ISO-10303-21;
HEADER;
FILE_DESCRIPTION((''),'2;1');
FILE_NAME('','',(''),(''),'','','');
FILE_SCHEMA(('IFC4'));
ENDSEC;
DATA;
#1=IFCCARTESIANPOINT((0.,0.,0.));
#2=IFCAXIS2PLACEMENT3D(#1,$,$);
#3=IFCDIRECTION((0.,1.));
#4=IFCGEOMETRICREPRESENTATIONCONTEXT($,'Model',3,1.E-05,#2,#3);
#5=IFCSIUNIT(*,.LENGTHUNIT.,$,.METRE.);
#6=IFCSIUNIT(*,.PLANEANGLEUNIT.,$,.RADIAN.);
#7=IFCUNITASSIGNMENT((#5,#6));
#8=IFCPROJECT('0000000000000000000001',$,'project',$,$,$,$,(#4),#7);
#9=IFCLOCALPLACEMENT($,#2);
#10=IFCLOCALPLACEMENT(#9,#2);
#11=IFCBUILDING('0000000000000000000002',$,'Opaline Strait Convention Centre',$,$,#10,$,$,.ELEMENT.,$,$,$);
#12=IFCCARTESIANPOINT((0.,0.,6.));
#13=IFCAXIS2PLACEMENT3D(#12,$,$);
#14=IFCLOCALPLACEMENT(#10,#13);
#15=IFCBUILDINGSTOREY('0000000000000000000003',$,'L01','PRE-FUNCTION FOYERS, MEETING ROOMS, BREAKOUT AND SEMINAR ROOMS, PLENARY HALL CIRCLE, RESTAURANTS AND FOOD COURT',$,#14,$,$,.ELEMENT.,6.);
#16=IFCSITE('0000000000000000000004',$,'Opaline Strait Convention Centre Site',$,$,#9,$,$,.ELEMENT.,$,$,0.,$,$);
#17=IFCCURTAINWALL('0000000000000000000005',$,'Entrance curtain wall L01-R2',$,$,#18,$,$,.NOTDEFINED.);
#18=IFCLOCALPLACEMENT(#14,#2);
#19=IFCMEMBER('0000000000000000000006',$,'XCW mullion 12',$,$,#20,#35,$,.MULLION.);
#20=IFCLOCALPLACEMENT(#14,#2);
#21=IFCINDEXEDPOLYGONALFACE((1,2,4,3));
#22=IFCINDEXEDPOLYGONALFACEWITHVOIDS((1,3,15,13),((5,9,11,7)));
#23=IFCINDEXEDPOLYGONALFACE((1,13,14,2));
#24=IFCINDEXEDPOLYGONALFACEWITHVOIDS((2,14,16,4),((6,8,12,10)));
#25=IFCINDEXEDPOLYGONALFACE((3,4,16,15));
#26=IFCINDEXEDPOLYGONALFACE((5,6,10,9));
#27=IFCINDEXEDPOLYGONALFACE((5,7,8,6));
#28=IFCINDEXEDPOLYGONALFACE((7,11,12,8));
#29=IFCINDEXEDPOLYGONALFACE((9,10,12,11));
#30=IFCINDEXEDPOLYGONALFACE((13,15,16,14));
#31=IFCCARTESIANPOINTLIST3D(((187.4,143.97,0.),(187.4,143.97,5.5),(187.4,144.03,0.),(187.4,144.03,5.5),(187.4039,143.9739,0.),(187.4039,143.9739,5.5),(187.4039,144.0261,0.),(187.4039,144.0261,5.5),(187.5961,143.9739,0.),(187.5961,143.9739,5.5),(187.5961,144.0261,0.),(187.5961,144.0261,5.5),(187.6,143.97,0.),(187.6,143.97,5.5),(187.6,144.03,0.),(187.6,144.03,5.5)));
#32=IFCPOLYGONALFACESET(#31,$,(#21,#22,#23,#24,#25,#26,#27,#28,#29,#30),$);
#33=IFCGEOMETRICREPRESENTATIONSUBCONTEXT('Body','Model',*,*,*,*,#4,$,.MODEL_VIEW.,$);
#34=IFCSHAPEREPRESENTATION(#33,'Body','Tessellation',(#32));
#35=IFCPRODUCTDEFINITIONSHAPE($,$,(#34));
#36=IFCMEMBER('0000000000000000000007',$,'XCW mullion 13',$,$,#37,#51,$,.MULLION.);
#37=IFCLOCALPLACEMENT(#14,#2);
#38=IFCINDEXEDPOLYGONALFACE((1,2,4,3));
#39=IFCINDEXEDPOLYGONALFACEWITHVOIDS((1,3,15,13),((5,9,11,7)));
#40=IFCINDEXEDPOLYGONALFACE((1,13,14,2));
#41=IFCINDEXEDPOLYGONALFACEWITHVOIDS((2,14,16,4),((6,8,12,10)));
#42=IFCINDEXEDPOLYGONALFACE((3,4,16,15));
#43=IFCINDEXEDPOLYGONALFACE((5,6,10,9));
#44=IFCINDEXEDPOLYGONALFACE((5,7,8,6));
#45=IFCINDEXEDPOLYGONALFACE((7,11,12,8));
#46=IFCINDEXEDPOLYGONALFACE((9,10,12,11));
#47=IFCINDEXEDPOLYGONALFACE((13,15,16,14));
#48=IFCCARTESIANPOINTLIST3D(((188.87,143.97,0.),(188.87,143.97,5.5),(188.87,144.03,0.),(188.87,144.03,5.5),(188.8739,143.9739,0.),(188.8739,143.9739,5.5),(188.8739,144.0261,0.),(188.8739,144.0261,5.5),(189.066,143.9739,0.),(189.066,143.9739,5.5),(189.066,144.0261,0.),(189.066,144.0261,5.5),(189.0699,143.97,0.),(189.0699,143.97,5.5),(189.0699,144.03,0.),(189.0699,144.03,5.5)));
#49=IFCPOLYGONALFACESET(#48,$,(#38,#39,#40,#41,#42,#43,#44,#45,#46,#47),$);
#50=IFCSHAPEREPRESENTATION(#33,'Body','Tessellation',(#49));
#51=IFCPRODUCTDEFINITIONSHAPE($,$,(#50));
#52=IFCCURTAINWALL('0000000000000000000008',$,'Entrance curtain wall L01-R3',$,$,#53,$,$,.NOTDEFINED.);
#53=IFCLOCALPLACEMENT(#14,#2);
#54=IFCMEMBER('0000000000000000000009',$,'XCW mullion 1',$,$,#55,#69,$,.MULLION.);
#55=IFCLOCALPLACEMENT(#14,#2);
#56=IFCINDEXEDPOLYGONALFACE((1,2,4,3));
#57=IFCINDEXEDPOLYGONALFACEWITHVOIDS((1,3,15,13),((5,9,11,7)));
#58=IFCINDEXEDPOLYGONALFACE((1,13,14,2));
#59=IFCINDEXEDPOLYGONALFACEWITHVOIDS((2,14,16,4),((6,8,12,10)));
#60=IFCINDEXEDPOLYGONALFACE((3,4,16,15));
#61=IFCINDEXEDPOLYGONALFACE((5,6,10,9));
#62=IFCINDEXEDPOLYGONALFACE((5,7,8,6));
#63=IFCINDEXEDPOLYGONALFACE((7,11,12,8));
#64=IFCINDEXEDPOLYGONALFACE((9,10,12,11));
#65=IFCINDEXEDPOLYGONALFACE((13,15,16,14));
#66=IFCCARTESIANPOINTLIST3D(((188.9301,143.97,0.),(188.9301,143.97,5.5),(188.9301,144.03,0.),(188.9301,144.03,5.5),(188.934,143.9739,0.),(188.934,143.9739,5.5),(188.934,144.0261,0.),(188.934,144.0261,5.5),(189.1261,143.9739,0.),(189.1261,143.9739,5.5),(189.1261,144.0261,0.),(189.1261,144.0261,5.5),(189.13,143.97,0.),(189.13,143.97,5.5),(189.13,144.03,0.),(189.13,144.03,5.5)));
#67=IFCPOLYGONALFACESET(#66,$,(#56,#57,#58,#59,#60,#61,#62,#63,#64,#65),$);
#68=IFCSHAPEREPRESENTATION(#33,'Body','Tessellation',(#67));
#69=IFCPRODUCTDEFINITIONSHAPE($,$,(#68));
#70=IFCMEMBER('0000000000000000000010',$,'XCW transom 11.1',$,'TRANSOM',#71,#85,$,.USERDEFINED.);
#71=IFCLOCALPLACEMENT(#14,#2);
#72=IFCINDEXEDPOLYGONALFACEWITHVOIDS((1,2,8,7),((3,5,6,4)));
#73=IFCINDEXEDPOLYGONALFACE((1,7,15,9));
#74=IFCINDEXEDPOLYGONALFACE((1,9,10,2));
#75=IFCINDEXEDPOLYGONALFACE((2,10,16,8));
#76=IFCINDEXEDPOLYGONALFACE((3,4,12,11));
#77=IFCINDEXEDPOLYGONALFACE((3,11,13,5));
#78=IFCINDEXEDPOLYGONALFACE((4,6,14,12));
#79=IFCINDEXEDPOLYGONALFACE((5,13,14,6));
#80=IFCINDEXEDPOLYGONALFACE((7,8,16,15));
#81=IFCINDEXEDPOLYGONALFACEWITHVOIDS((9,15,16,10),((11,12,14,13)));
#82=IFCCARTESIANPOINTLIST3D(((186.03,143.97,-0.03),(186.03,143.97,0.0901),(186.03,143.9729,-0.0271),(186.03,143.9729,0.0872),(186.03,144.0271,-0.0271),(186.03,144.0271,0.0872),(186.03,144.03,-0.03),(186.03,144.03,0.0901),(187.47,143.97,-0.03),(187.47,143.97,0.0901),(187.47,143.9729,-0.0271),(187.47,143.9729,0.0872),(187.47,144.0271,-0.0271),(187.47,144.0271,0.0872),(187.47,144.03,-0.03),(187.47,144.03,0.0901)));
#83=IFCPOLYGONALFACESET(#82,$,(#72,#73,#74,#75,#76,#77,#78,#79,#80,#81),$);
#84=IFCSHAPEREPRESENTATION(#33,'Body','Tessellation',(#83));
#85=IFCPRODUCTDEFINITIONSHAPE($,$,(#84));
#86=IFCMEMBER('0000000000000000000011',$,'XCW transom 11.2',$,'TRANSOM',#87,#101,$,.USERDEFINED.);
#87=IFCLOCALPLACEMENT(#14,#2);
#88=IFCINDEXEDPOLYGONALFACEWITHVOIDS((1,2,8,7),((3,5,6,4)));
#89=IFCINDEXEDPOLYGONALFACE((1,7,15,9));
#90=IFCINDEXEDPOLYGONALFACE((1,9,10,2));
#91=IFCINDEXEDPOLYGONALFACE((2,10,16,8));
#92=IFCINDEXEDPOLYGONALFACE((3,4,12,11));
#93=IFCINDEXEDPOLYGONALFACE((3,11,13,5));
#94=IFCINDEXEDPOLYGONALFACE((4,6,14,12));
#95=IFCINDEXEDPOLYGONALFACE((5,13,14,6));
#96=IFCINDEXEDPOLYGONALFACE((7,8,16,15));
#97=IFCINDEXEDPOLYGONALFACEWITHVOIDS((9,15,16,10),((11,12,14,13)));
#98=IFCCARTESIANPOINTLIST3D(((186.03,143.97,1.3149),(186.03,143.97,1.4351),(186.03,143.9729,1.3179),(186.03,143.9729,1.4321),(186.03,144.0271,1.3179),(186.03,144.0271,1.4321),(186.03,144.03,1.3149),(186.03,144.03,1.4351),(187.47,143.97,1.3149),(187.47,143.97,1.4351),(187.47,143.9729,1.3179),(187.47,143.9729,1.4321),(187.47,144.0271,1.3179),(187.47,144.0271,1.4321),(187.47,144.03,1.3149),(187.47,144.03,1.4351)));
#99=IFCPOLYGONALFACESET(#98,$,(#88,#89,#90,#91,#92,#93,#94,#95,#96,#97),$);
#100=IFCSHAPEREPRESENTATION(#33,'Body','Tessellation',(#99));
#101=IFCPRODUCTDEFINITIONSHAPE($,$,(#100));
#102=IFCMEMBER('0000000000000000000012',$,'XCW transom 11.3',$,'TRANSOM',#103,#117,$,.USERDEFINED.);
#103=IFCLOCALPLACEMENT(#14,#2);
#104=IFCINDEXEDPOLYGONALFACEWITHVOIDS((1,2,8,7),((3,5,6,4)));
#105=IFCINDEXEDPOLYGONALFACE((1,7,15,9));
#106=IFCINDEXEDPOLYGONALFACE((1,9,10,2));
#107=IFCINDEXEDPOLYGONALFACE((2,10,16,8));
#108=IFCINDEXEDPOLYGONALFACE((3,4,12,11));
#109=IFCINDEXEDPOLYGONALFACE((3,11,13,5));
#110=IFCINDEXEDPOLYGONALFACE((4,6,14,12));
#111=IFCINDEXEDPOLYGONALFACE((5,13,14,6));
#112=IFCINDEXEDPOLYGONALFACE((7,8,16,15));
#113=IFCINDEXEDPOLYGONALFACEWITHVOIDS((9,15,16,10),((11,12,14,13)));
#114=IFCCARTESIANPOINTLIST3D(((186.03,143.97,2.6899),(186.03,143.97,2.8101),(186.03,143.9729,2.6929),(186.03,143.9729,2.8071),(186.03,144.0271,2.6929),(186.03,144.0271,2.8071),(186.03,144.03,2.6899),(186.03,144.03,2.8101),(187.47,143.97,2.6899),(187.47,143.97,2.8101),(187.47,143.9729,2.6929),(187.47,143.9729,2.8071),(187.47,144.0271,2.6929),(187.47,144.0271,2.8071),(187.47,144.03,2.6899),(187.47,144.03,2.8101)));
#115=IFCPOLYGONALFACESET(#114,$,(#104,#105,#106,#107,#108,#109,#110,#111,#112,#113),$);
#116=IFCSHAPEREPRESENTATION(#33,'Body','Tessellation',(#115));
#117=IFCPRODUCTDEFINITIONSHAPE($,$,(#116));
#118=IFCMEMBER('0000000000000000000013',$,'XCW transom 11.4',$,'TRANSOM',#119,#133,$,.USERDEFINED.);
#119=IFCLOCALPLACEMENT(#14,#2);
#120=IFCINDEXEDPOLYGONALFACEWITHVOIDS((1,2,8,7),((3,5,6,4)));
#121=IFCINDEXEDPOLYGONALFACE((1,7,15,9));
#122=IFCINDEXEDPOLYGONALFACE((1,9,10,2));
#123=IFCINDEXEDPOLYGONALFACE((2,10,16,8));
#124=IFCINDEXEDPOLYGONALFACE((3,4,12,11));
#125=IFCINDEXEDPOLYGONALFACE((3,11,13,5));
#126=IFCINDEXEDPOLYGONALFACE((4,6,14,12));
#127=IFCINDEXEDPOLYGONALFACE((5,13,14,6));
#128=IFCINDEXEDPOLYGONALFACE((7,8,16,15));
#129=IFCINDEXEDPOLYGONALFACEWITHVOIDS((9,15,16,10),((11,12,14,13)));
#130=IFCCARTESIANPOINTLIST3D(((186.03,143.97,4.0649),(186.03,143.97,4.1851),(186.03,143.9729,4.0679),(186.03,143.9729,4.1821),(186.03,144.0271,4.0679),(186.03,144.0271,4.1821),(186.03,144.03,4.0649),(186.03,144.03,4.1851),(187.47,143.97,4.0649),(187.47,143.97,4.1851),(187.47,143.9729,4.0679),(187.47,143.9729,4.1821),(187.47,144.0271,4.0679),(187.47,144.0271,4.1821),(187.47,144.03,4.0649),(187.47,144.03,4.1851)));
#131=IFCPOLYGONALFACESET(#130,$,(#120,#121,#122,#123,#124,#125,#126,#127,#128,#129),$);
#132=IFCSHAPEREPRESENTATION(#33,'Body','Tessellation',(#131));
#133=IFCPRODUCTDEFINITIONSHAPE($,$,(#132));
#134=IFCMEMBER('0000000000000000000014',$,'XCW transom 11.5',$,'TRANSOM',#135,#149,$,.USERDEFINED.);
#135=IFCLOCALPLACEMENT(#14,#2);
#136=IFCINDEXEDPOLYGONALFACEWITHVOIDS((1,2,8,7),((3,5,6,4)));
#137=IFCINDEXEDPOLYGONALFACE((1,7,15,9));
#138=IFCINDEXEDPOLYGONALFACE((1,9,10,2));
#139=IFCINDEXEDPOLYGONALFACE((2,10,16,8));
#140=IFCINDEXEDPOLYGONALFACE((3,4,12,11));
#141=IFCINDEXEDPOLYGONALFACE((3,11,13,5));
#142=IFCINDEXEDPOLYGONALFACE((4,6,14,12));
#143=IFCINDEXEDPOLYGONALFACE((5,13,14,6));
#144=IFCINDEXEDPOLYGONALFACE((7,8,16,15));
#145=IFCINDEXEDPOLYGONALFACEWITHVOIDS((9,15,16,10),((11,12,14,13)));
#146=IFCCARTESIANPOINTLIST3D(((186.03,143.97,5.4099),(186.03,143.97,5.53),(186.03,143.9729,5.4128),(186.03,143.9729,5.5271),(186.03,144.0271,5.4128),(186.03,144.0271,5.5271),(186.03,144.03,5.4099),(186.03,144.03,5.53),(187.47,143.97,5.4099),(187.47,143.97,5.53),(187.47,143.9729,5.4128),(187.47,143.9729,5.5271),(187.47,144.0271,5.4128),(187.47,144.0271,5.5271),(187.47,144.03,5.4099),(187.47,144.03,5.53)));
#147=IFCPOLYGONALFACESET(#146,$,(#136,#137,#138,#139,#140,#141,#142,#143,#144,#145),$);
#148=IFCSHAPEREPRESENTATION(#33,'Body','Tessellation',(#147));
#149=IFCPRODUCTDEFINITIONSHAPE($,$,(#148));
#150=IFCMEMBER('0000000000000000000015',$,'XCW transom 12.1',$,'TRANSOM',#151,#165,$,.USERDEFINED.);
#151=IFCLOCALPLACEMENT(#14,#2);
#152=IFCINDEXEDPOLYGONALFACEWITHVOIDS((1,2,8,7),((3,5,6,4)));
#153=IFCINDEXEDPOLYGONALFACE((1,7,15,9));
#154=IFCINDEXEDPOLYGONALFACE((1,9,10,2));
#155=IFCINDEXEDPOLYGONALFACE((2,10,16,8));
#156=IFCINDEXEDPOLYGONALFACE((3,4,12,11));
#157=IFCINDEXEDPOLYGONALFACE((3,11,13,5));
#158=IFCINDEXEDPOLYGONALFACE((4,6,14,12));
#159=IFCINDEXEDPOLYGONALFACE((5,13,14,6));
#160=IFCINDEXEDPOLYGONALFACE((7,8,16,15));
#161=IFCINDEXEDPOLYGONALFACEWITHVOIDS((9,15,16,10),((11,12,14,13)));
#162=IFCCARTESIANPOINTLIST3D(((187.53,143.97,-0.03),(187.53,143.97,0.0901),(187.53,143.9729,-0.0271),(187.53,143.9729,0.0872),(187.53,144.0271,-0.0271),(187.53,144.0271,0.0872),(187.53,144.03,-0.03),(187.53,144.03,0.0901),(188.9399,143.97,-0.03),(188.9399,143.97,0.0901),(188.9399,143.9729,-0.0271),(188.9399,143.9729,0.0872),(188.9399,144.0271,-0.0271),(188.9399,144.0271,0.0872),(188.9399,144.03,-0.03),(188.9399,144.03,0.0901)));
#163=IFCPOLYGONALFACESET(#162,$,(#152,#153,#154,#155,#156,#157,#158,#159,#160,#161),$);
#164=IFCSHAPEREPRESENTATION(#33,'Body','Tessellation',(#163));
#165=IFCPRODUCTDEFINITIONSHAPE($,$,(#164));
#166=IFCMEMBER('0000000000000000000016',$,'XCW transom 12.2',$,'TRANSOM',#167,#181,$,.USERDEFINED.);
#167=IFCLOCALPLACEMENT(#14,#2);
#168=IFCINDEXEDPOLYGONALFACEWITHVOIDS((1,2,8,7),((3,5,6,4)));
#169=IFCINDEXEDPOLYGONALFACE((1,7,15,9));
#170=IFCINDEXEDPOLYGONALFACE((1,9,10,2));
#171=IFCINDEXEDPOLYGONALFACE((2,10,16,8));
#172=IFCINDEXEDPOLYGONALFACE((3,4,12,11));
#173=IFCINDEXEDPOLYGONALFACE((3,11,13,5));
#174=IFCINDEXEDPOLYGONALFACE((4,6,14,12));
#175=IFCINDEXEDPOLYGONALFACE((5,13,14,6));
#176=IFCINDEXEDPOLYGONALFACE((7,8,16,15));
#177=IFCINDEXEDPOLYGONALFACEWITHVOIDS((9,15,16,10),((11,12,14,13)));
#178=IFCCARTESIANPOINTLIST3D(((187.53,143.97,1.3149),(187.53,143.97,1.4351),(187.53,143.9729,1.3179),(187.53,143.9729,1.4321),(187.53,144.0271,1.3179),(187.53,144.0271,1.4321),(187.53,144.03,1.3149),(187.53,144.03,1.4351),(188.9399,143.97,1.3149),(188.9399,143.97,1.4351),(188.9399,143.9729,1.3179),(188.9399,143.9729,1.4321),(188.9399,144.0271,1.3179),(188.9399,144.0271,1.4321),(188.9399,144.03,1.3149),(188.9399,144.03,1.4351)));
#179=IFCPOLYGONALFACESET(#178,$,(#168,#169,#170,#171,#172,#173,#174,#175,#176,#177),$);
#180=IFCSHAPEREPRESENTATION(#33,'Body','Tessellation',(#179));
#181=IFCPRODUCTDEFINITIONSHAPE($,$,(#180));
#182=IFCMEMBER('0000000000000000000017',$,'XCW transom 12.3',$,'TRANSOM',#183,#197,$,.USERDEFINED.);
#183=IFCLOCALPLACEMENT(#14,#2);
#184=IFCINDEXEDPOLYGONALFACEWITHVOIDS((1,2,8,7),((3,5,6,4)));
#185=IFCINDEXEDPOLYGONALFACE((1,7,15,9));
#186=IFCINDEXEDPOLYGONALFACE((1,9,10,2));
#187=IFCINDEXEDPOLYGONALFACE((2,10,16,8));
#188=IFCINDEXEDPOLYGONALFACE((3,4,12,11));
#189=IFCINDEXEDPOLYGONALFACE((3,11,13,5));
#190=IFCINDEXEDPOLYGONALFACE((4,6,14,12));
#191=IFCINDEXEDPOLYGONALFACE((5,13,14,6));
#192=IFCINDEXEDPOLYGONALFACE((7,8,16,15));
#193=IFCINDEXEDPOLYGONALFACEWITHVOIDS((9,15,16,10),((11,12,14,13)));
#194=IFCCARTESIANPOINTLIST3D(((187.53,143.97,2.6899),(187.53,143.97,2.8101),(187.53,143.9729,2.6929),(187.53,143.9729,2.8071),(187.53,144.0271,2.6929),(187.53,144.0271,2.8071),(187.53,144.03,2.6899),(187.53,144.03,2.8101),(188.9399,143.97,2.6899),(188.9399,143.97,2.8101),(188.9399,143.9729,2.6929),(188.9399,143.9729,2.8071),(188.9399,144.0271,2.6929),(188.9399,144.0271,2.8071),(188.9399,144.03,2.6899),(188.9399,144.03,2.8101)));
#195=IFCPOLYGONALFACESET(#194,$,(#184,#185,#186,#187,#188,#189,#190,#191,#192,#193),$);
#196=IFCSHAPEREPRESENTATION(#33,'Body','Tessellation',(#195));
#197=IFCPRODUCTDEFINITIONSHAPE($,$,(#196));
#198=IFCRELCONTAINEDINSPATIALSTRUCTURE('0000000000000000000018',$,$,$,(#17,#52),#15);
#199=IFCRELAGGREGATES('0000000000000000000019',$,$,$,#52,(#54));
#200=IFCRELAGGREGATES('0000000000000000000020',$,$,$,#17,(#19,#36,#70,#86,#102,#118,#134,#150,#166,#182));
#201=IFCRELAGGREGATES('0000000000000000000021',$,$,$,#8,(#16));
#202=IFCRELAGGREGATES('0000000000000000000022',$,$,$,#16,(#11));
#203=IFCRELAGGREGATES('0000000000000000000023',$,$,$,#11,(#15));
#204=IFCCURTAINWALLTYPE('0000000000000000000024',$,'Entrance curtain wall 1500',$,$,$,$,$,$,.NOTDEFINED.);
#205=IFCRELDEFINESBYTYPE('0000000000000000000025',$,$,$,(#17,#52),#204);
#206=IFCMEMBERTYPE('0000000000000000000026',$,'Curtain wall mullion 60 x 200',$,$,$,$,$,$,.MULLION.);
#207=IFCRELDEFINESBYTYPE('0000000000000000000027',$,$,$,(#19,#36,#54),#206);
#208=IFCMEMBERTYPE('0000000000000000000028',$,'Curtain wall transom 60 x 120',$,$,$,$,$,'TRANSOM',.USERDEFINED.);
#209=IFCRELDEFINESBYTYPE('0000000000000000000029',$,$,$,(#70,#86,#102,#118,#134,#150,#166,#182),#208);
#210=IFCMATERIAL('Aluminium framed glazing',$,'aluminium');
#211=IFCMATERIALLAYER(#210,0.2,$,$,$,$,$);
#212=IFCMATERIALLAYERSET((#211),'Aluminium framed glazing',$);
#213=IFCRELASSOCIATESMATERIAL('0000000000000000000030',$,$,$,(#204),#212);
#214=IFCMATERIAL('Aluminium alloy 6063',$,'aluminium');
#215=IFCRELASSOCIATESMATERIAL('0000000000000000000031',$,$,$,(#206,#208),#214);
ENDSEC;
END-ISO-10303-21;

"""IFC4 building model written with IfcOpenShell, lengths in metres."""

from ifc_helpers import new_model, si_unit, direction, frame, origin, origin_2d, place, context, subcontext, project, spatial, hollow_rectangle, extrude, material, layer, layer_set, material_profile, profile_set, type_object, element, aggregate, save


model = new_model("IFC4")

# Units and contexts
model_context = context("Model", 3, precision=1e-05, world=origin(), true_north=direction((0.0, 1.0)))
body_context = subcontext(model_context, "Body", "Model", "MODEL_VIEW")
ifc_project = project(units=[si_unit("LENGTHUNIT", "METRE"), si_unit("PLANEANGLEUNIT", "RADIAN")], contexts=[model_context])

# Site, building, storey
site_placement = place(None, origin())
site = spatial("IfcSite", under=ifc_project, at=site_placement, Name="Opaline Strait Convention Centre Site", CompositionType="ELEMENT", RefElevation=0.0)
building_placement = place(site_placement, origin())
building = spatial("IfcBuilding", under=site, at=building_placement, Name="Opaline Strait Convention Centre", CompositionType="ELEMENT")
storey_placement = place(building_placement, frame((0.0, 0.0, 6.0)))
storey = spatial("IfcBuildingStorey", under=building, at=storey_placement, Name="L01", Description="PRE-FUNCTION FOYERS, MEETING ROOMS, BREAKOUT AND SEMINAR ROOMS, PLENARY HALL CIRCLE, RESTAURANTS AND FOOD COURT", CompositionType="ELEMENT", Elevation=6.0)

# Curtain wall, members
ifc_material_1 = material(Name="Aluminium framed glazing", Category="aluminium")
ifc_layer_1 = layer(ifc_material_1, 0.2)
ifc_layer_set_1 = layer_set([ifc_layer_1], Name="Aluminium framed glazing")
curtain_wall_type = type_object("IfcCurtainWallType", Name="Entrance curtain wall 1500", PredefinedType="NOTDEFINED", material=ifc_layer_set_1)
curtain_wall_1_placement = place(storey_placement, origin())
curtain_wall_1 = element("IfcCurtainWall", 1, at=curtain_wall_1_placement, inside=storey, type_object=curtain_wall_type, Name="Entrance curtain wall L01-R2", PredefinedType="NOTDEFINED")
ifc_material_2 = material(Name="Aluminium alloy 6063", Category="aluminium")
ifc_material_profile_1 = material_profile(ifc_material_2, hollow_rectangle(XDim=0.0601, YDim=0.2, WallThickness=0.0039, at=origin_2d()), Name="MULLION 60x200x4")
ifc_profile_set_1 = profile_set([ifc_material_profile_1], Name="Aluminium alloy 6063")
member_type_1 = type_object("IfcMemberType", Name="Curtain wall mullion 60 x 200", PredefinedType="MULLION", material=ifc_profile_set_1)
member_1_placement = place(storey_placement, frame((187.5, 144.0, 0.0), z_axis=(0.0, 0.0, 1.0), x_axis=(0.0, 1.0, 0.0)))
member_1 = element("IfcMember", 2, at=member_1_placement, type_object=member_type_1, Name="XCW mullion 12", PredefinedType="MULLION", context=body_context, shape_type="SweptSolid", body=[
    extrude(hollow_rectangle(XDim=0.0601, YDim=0.2, WallThickness=0.0039, at=origin_2d()), origin(), (0.0, 0.0, 1.0), 5.5),
])
member_2_placement = place(storey_placement, frame((188.97, 144.0, 0.0), z_axis=(0.0, 0.0, 1.0), x_axis=(0.0, 1.0, 0.0)))
member_2 = element("IfcMember", 3, at=member_2_placement, type_object=member_type_1, Name="XCW mullion 13", PredefinedType="MULLION", context=body_context, shape_type="SweptSolid", body=[
    extrude(hollow_rectangle(XDim=0.0601, YDim=0.2, WallThickness=0.0039, at=origin_2d()), origin(), (0.0, 0.0, 1.0), 5.5),
])

# Curtain wall, member
curtain_wall_2_placement = place(storey_placement, origin())
curtain_wall_2 = element("IfcCurtainWall", 4, at=curtain_wall_2_placement, inside=storey, type_object=curtain_wall_type, Name="Entrance curtain wall L01-R3", PredefinedType="NOTDEFINED")
member_3_placement = place(storey_placement, frame((189.03, 144.0, 0.0), z_axis=(0.0, 0.0, 1.0), x_axis=(0.0, 1.0, 0.0)))
member_3 = element("IfcMember", 5, at=member_3_placement, type_object=member_type_1, Name="XCW mullion 1", PredefinedType="MULLION", context=body_context, shape_type="SweptSolid", body=[
    extrude(hollow_rectangle(XDim=0.0601, YDim=0.2, WallThickness=0.0039, at=origin_2d()), origin(), (0.0, 0.0, 1.0), 5.5),
])

# Members
ifc_material_profile_2 = material_profile(ifc_material_2, hollow_rectangle(XDim=0.0601, YDim=0.1201, WallThickness=0.0029, at=origin_2d()), Name="TRANSOM 60x120x3")
ifc_profile_set_2 = profile_set([ifc_material_profile_2], Name="Aluminium alloy 6063")
member_type_2 = type_object("IfcMemberType", Name="Curtain wall transom 60 x 120", ElementType="TRANSOM", PredefinedType="USERDEFINED", material=ifc_profile_set_2)
member_4_placement = place(storey_placement, frame((186.03, 144.0, 0.03), z_axis=(1.0, 0.0, 0.0), x_axis=(0.0, 1.0, 0.0)))
member_4 = element("IfcMember", 6, at=member_4_placement, type_object=member_type_2, Name="XCW transom 11.1", ObjectType="TRANSOM", PredefinedType="USERDEFINED", context=body_context, shape_type="SweptSolid", body=[
    extrude(hollow_rectangle(XDim=0.0601, YDim=0.1201, WallThickness=0.0029, at=origin_2d()), origin(), (0.0, 0.0, 1.0), 1.4399),
])
member_5_placement = place(storey_placement, frame((186.03, 144.0, 1.375), z_axis=(1.0, 0.0, 0.0), x_axis=(0.0, 1.0, 0.0)))
member_5 = element("IfcMember", 7, at=member_5_placement, type_object=member_type_2, Name="XCW transom 11.2", ObjectType="TRANSOM", PredefinedType="USERDEFINED", context=body_context, shape_type="SweptSolid", body=[
    extrude(hollow_rectangle(XDim=0.0601, YDim=0.1201, WallThickness=0.0029, at=origin_2d()), origin(), (0.0, 0.0, 1.0), 1.4399),
])
member_6_placement = place(storey_placement, frame((186.03, 144.0, 2.75), z_axis=(1.0, 0.0, 0.0), x_axis=(0.0, 1.0, 0.0)))
member_6 = element("IfcMember", 8, at=member_6_placement, type_object=member_type_2, Name="XCW transom 11.3", ObjectType="TRANSOM", PredefinedType="USERDEFINED", context=body_context, shape_type="SweptSolid", body=[
    extrude(hollow_rectangle(XDim=0.0601, YDim=0.1201, WallThickness=0.0029, at=origin_2d()), origin(), (0.0, 0.0, 1.0), 1.4399),
])
member_7_placement = place(storey_placement, frame((186.03, 144.0, 4.125), z_axis=(1.0, 0.0, 0.0), x_axis=(0.0, 1.0, 0.0)))
member_7 = element("IfcMember", 9, at=member_7_placement, type_object=member_type_2, Name="XCW transom 11.4", ObjectType="TRANSOM", PredefinedType="USERDEFINED", context=body_context, shape_type="SweptSolid", body=[
    extrude(hollow_rectangle(XDim=0.0601, YDim=0.1201, WallThickness=0.0029, at=origin_2d()), origin(), (0.0, 0.0, 1.0), 1.4399),
])
member_8_placement = place(storey_placement, frame((186.03, 144.0, 5.47), z_axis=(1.0, 0.0, 0.0), x_axis=(0.0, 1.0, 0.0)))
member_8 = element("IfcMember", 10, at=member_8_placement, type_object=member_type_2, Name="XCW transom 11.5", ObjectType="TRANSOM", PredefinedType="USERDEFINED", context=body_context, shape_type="SweptSolid", body=[
    extrude(hollow_rectangle(XDim=0.0601, YDim=0.1201, WallThickness=0.0029, at=origin_2d()), origin(), (0.0, 0.0, 1.0), 1.4399),
])
member_9_placement = place(storey_placement, frame((187.53, 144.0, 0.03), z_axis=(1.0, 0.0, 0.0), x_axis=(0.0, 1.0, 0.0)))
member_9 = element("IfcMember", 11, at=member_9_placement, type_object=member_type_2, Name="XCW transom 12.1", ObjectType="TRANSOM", PredefinedType="USERDEFINED", context=body_context, shape_type="SweptSolid", body=[
    extrude(hollow_rectangle(XDim=0.0601, YDim=0.1201, WallThickness=0.0029, at=origin_2d()), origin(), (0.0, 0.0, 1.0), 1.4099),
])
member_10_placement = place(storey_placement, frame((187.53, 144.0, 1.375), z_axis=(1.0, 0.0, 0.0), x_axis=(0.0, 1.0, 0.0)))
member_10 = element("IfcMember", 12, at=member_10_placement, type_object=member_type_2, Name="XCW transom 12.2", ObjectType="TRANSOM", PredefinedType="USERDEFINED", context=body_context, shape_type="SweptSolid", body=[
    extrude(hollow_rectangle(XDim=0.0601, YDim=0.1201, WallThickness=0.0029, at=origin_2d()), origin(), (0.0, 0.0, 1.0), 1.4099),
])
member_11_placement = place(storey_placement, frame((187.53, 144.0, 2.75), z_axis=(1.0, 0.0, 0.0), x_axis=(0.0, 1.0, 0.0)))
member_11 = element("IfcMember", 13, at=member_11_placement, type_object=member_type_2, Name="XCW transom 12.3", ObjectType="TRANSOM", PredefinedType="USERDEFINED", context=body_context, shape_type="SweptSolid", body=[
    extrude(hollow_rectangle(XDim=0.0601, YDim=0.1201, WallThickness=0.0029, at=origin_2d()), origin(), (0.0, 0.0, 1.0), 1.4099),
])
aggregate(curtain_wall_2, [member_3])

aggregate(curtain_wall_1, [member_1, member_2, member_4, member_5, member_6, member_7, member_8, member_9, member_10, member_11])

save(model, "model.ifc")
